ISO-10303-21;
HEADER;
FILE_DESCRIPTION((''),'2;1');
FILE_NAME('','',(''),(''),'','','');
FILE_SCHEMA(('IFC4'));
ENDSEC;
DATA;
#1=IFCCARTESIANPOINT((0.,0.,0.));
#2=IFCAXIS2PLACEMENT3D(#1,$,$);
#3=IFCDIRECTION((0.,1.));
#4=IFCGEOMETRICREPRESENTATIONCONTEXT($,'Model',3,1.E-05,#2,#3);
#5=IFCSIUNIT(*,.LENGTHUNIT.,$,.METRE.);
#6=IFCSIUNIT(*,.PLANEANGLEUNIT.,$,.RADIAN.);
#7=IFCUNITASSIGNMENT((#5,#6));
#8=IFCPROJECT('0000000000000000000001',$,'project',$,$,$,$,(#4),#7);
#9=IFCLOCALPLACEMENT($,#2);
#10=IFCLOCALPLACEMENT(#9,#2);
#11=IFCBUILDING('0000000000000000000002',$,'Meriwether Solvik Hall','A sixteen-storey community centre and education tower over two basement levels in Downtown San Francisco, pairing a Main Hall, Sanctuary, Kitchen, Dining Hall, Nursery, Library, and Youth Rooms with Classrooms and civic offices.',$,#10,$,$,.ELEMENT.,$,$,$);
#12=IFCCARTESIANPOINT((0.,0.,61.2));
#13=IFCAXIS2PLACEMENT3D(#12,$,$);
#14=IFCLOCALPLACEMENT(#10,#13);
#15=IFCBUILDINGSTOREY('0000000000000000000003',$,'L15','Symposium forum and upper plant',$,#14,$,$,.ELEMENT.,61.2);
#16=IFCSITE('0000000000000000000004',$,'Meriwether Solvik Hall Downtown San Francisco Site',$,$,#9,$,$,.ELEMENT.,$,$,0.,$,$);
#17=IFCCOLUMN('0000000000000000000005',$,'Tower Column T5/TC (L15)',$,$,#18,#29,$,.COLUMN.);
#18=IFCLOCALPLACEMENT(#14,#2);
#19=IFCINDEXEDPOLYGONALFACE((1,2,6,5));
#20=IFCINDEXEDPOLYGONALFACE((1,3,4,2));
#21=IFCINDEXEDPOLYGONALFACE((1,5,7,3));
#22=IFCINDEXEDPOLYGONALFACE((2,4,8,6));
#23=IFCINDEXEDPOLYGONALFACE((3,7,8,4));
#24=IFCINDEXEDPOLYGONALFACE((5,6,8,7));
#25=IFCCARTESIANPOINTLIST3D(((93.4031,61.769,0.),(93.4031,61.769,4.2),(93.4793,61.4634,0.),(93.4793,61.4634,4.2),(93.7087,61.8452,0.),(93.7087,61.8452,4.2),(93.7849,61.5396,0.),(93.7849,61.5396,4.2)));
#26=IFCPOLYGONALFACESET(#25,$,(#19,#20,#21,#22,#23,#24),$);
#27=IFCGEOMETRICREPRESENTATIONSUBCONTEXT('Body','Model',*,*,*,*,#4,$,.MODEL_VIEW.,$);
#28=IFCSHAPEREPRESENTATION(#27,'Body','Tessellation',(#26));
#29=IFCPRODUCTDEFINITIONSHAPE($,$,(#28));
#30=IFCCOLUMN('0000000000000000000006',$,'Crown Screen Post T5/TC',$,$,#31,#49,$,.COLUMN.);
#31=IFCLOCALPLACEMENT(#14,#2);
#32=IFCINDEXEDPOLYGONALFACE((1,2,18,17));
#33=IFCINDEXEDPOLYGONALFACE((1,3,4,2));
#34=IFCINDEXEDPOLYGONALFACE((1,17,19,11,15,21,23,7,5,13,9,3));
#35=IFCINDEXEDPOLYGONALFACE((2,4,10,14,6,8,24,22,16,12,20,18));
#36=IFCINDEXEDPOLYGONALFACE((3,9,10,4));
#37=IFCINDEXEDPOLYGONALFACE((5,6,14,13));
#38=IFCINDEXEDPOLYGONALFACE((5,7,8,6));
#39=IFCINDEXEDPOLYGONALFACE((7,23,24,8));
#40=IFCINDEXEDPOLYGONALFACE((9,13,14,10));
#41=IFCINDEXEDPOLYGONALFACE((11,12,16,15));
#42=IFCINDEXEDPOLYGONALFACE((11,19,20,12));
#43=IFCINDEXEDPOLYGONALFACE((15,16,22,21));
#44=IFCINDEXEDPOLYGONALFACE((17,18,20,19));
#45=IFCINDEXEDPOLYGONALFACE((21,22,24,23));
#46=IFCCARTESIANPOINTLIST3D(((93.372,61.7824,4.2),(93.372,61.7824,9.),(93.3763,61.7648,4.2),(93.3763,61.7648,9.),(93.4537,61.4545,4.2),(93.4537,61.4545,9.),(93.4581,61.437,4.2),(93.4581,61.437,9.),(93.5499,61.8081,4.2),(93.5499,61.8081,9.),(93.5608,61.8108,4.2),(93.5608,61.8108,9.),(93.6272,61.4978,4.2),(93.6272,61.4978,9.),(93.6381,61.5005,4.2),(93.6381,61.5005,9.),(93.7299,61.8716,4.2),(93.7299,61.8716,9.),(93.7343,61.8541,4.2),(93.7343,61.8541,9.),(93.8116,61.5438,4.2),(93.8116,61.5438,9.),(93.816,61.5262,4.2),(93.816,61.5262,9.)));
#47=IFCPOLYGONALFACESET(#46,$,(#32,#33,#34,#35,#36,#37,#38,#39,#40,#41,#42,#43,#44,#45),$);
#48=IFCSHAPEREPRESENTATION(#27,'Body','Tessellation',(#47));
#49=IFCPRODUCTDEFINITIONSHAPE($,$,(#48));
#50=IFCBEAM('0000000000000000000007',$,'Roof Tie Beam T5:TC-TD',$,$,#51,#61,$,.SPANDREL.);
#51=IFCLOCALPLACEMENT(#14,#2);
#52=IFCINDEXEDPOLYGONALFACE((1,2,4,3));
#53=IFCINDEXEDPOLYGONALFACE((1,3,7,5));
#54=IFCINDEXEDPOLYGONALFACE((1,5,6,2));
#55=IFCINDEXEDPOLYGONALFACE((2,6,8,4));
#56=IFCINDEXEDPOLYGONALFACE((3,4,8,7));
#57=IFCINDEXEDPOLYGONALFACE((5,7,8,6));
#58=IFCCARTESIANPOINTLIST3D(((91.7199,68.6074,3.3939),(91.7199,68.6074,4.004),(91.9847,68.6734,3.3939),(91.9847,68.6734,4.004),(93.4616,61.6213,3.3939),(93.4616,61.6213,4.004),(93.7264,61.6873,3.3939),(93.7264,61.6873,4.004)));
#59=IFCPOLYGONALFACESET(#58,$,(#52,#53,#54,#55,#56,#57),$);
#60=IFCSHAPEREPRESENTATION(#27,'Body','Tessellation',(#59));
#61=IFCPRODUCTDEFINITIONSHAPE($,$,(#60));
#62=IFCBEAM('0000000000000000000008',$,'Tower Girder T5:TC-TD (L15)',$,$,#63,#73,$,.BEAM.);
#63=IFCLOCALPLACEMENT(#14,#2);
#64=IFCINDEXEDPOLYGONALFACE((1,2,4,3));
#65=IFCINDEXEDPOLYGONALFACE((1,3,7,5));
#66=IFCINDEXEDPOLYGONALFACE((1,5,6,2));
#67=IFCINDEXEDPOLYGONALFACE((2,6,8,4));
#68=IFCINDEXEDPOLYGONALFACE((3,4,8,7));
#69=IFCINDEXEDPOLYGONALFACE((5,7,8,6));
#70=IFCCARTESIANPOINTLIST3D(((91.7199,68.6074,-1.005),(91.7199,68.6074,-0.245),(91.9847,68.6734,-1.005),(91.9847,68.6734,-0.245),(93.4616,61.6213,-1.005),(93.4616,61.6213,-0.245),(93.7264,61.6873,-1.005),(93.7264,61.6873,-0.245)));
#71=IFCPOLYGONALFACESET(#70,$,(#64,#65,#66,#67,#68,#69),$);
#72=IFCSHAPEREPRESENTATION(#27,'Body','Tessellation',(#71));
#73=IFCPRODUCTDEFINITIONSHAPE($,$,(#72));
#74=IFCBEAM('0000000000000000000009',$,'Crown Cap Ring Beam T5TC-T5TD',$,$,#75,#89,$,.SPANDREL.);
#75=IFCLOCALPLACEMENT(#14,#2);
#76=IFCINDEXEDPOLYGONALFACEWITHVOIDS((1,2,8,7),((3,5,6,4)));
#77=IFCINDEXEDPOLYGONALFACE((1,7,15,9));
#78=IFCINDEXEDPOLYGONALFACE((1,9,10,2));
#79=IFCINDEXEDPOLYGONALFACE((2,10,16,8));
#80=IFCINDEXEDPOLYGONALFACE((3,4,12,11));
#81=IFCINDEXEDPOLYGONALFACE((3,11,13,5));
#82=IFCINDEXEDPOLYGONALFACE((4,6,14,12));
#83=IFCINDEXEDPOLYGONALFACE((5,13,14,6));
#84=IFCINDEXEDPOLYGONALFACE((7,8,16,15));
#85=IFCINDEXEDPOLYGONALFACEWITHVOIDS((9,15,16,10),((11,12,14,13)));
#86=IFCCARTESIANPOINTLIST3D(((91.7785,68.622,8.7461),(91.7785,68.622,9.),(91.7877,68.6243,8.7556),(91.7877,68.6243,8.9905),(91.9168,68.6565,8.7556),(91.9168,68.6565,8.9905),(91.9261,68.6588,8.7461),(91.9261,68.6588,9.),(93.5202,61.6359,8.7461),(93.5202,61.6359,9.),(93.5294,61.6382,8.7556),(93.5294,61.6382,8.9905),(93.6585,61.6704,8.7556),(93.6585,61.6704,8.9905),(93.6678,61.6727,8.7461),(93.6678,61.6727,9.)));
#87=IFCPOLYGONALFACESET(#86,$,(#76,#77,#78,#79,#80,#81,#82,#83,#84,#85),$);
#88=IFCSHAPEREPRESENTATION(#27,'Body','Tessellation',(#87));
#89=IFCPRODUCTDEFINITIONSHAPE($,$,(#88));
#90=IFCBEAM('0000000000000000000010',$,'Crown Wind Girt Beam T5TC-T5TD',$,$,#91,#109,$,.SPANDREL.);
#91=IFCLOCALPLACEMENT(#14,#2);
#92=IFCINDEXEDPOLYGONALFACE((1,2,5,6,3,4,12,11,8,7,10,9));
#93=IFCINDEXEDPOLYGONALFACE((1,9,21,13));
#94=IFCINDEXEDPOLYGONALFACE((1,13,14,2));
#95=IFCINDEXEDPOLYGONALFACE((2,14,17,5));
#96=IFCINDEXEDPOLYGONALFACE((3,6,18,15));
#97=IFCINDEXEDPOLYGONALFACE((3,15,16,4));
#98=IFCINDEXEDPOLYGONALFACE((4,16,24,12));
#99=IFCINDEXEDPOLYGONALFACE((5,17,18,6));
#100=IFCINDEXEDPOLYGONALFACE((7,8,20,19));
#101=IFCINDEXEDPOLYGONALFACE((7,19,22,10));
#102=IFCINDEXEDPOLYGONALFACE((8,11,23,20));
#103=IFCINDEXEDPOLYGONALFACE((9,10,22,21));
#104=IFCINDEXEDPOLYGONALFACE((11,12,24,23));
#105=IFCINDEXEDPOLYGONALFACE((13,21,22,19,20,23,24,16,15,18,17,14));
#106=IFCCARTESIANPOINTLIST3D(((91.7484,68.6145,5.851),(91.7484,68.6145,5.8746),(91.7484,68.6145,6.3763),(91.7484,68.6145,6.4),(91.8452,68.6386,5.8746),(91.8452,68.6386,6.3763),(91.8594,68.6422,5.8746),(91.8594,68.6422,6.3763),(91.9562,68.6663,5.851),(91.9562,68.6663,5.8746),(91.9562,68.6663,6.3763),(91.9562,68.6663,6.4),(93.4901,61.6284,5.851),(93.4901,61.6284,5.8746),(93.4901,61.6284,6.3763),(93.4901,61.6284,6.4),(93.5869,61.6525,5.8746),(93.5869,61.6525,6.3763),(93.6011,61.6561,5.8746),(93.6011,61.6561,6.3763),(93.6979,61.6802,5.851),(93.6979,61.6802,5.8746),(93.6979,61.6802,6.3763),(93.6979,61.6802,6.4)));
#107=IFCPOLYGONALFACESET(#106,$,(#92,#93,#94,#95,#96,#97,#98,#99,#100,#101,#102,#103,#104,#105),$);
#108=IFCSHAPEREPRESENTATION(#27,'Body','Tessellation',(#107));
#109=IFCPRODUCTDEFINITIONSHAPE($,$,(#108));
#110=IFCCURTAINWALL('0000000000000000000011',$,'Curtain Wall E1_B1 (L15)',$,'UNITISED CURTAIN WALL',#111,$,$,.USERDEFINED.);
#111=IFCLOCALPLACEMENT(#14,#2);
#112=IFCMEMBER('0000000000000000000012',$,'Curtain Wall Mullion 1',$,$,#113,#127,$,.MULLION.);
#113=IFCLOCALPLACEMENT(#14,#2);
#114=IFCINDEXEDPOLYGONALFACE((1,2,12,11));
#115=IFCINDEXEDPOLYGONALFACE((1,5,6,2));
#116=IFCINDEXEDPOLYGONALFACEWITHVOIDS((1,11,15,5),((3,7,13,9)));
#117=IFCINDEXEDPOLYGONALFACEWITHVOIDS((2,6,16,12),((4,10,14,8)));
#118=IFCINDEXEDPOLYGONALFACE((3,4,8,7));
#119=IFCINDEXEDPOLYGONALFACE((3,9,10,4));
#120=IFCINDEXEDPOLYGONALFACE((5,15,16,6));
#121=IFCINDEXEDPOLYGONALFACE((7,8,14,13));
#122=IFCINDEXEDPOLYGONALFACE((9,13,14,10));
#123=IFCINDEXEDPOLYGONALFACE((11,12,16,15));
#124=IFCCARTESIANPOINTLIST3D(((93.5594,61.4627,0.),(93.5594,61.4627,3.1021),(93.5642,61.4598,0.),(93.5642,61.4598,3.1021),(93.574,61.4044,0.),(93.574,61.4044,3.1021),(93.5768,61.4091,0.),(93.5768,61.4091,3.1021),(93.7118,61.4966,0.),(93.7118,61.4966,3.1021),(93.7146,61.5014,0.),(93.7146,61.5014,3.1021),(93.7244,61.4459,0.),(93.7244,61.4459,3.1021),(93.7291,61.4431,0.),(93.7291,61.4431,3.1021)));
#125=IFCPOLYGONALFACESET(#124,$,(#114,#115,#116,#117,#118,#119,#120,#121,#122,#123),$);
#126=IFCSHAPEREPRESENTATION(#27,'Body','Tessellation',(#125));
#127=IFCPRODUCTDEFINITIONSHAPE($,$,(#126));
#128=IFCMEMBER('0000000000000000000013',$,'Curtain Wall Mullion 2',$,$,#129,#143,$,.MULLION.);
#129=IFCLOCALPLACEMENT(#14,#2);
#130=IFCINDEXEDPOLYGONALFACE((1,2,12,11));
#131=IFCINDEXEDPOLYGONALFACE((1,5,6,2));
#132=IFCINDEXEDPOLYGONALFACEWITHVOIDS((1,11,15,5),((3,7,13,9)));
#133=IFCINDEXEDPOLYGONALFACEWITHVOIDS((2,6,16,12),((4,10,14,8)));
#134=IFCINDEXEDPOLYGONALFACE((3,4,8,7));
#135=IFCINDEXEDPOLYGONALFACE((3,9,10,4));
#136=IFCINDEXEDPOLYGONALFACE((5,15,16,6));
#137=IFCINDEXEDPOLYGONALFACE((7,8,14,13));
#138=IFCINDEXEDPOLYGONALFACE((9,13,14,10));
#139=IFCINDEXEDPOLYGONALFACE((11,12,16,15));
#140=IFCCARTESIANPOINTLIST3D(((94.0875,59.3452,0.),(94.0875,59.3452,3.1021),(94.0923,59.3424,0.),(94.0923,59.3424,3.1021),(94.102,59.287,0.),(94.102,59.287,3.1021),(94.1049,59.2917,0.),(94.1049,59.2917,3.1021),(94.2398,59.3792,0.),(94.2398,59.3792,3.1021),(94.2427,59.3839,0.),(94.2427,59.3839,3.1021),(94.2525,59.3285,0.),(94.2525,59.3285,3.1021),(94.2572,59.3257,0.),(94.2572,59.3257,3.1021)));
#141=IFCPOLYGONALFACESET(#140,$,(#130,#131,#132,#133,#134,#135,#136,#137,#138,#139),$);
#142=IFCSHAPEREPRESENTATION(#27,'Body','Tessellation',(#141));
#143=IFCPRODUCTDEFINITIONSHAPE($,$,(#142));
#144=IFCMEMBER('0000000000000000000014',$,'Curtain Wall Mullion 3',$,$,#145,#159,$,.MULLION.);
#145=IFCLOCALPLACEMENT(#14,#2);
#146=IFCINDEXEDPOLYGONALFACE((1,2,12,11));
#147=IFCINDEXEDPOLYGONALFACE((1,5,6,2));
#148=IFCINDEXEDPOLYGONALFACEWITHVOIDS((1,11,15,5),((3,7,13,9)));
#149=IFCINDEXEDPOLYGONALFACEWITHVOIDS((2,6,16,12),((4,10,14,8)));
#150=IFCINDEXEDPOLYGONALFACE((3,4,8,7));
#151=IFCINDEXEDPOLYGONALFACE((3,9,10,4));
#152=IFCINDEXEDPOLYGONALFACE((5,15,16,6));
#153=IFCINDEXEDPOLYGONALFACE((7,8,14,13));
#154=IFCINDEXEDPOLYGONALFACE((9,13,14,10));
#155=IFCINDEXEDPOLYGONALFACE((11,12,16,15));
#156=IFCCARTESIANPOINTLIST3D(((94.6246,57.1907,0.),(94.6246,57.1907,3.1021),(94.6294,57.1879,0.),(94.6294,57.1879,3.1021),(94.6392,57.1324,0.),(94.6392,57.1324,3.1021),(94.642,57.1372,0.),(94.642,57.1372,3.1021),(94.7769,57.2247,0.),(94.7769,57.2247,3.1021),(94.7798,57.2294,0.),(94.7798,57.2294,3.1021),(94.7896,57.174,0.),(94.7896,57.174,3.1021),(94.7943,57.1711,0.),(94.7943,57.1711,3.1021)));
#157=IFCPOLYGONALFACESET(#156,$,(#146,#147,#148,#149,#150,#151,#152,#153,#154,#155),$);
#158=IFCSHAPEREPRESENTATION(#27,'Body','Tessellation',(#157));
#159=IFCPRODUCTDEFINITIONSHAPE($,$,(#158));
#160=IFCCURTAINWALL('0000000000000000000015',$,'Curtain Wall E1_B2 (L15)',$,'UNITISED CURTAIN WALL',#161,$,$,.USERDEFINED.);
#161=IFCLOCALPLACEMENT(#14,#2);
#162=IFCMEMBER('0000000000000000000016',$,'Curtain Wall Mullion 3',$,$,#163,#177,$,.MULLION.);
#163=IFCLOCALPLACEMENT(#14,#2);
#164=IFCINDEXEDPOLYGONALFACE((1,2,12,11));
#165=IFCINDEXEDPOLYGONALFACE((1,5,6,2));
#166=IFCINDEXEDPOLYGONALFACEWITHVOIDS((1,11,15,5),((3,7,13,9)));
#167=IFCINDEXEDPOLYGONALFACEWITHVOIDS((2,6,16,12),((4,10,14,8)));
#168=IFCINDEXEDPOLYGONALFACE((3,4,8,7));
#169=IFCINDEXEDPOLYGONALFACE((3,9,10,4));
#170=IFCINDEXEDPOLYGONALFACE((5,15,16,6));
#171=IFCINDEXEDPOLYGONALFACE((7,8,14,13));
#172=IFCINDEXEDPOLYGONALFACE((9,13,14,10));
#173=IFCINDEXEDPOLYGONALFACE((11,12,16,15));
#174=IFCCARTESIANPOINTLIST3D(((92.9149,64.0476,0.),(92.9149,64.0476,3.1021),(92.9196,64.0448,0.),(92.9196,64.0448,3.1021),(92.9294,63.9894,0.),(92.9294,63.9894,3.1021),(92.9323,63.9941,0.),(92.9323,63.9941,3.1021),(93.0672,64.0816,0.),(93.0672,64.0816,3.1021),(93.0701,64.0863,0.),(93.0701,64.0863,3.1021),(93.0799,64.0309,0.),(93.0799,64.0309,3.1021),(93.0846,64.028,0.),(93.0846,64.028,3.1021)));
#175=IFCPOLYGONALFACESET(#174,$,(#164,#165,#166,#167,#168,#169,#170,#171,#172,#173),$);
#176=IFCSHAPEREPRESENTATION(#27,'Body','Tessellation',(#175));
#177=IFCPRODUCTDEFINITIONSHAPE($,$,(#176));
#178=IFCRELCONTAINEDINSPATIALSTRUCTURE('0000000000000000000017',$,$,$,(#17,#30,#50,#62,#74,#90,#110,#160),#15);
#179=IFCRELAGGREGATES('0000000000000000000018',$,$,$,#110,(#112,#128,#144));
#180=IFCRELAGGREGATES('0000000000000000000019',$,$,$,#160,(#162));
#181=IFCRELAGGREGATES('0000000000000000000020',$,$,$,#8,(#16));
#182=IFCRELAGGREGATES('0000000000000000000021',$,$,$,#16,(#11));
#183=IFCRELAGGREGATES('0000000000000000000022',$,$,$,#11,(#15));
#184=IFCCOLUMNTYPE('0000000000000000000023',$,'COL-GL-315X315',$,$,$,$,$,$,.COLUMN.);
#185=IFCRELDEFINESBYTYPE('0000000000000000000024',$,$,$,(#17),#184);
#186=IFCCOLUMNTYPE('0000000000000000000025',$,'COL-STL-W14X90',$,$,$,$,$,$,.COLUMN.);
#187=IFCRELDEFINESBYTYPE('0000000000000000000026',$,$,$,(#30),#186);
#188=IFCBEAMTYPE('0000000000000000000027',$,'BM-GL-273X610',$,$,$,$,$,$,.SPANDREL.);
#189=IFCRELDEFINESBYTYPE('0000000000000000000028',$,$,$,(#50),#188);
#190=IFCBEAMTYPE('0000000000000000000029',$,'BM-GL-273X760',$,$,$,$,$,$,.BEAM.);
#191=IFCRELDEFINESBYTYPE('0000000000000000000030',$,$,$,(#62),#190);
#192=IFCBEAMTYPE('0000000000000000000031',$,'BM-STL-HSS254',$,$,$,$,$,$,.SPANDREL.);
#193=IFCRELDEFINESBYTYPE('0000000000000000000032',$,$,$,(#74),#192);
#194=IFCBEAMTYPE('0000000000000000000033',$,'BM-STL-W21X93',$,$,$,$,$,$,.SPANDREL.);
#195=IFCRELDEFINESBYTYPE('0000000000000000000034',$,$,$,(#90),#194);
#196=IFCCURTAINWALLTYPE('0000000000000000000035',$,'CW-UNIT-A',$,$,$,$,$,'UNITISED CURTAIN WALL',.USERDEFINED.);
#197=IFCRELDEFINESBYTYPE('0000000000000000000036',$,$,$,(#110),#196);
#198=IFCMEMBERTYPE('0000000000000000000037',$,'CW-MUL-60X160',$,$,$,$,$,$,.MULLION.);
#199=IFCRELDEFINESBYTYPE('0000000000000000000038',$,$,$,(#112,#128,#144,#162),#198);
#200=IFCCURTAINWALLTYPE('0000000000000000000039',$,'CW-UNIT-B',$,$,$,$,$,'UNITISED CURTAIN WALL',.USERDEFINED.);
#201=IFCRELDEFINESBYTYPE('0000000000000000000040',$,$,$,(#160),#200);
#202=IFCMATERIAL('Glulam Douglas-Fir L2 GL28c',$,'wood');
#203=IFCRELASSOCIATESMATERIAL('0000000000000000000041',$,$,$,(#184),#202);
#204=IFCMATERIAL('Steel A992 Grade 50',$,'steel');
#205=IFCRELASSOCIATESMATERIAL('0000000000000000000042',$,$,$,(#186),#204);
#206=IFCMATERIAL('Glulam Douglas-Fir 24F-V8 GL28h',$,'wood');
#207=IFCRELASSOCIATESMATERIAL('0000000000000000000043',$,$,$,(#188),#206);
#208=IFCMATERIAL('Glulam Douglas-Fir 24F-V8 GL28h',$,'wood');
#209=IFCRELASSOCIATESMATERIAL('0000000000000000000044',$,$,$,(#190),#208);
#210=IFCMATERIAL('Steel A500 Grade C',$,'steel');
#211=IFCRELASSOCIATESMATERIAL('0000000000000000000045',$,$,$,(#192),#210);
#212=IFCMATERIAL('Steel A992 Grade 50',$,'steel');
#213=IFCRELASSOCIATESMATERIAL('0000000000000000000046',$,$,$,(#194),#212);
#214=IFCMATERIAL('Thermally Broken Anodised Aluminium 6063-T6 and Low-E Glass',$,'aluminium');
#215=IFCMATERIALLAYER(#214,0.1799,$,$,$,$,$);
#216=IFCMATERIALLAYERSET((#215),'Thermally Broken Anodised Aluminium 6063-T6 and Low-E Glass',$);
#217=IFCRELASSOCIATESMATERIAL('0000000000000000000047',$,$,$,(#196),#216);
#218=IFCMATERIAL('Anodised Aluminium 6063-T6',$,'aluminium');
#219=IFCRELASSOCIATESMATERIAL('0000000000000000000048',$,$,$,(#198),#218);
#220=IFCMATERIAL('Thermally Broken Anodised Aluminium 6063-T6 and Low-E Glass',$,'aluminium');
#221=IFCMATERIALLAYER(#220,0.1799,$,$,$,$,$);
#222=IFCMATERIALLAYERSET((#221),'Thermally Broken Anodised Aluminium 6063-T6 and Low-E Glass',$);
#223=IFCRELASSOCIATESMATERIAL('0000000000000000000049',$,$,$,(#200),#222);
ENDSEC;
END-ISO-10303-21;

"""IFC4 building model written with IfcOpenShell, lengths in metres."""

from ifc_helpers import new_model, si_unit, direction, frame, origin, origin_2d, place, context, subcontext, project, spatial, rectangle, hollow_rectangle, i_section, extrude, material, layer, layer_set, material_profile, profile_set, type_object, element, aggregate, save


model = new_model("IFC4")

# Units and contexts
model_context = context("Model", 3, precision=1e-05, world=origin(), true_north=direction((0.0, 1.0)))
body_context = subcontext(model_context, "Body", "Model", "MODEL_VIEW")
ifc_project = project(units=[si_unit("LENGTHUNIT", "METRE"), si_unit("PLANEANGLEUNIT", "RADIAN")], contexts=[model_context])

# Site, building, storey
site_placement = place(None, origin())
site = spatial("IfcSite", under=ifc_project, at=site_placement, Name="Meriwether Solvik Hall Downtown San Francisco Site", CompositionType="ELEMENT", RefElevation=0.0)
building_placement = place(site_placement, origin())
building = spatial("IfcBuilding", under=site, at=building_placement, Name="Meriwether Solvik Hall", Description="A sixteen-storey community centre and education tower over two basement levels in Downtown San Francisco, pairing a Main Hall, Sanctuary, Kitchen, Dining Hall, Nursery, Library, and Youth Rooms with Classrooms and civic offices.", CompositionType="ELEMENT")
storey_placement = place(building_placement, frame((0.0, 0.0, 61.2)))
storey = spatial("IfcBuildingStorey", under=building, at=storey_placement, Name="L15", Description="Symposium forum and upper plant", CompositionType="ELEMENT", Elevation=61.2)

# Columns
ifc_material_1 = material(Name="Glulam Douglas-Fir L2 GL28c", Category="wood")
ifc_material_profile_1 = material_profile(ifc_material_1, rectangle(XDim=0.3149, YDim=0.3149, at=origin_2d()), Name="GLC-315X315")
ifc_profile_set_1 = profile_set([ifc_material_profile_1], Name="Glulam Douglas-Fir L2 GL28c")
column_type_1 = type_object("IfcColumnType", Name="COL-GL-315X315", PredefinedType="COLUMN", material=ifc_profile_set_1)
column_1_placement = place(storey_placement, frame((93.594, 61.6543, 0.0), z_axis=(0.0, 0.0, 1.0), x_axis=(0.970296, 0.241922, 0.0)))
element("IfcColumn", 1, at=column_1_placement, inside=storey, type_object=column_type_1, Name="Tower Column T5/TC (L15)", PredefinedType="COLUMN", context=body_context, shape_type="SweptSolid", body=[
    extrude(rectangle(XDim=0.3149, YDim=0.3149, at=origin_2d()), origin(), (0.0, 0.0, 1.0), 4.2),
])
ifc_material_2 = material(Name="Steel A992 Grade 50", Category="steel")
ifc_material_profile_2 = material_profile(ifc_material_2, i_section(OverallWidth=0.3689, OverallDepth=0.356, WebThickness=0.0112, FlangeThickness=0.0181, at=origin_2d()), Name="W14X90")
ifc_profile_set_2 = profile_set([ifc_material_profile_2], Name="Steel A992 Grade 50")
column_type_2 = type_object("IfcColumnType", Name="COL-STL-W14X90", PredefinedType="COLUMN", material=ifc_profile_set_2)
column_2_placement = place(storey_placement, frame((93.594, 61.6543, 4.2), z_axis=(0.0, 0.0, 1.0), x_axis=(0.970296, 0.241922, 0.0)))
element("IfcColumn", 2, at=column_2_placement, inside=storey, type_object=column_type_2, Name="Crown Screen Post T5/TC", PredefinedType="COLUMN", context=body_context, shape_type="SweptSolid", body=[
    extrude(i_section(OverallWidth=0.3689, OverallDepth=0.356, WebThickness=0.0112, FlangeThickness=0.0181, at=origin_2d()), origin(), (0.0, 0.0, 1.0), 4.8),
])

# Beams
ifc_material_3 = material(Name="Glulam Douglas-Fir 24F-V8 GL28h", Category="wood")
ifc_material_profile_3 = material_profile(ifc_material_3, rectangle(XDim=0.2729, YDim=0.6101, at=origin_2d()), Name="GLB-273X610")
ifc_profile_set_3 = profile_set([ifc_material_profile_3], Name="Glulam Douglas-Fir 24F-V8 GL28h")
beam_type_1 = type_object("IfcBeamType", Name="BM-GL-273X610", PredefinedType="SPANDREL", material=ifc_profile_set_3)
beam_1_placement = place(storey_placement, frame((93.594, 61.6543, 3.699), z_axis=(-0.241905, 0.9703, 0.0), x_axis=(-0.9703, -0.241905, 0.0)))
element("IfcBeam", 3, at=beam_1_placement, inside=storey, type_object=beam_type_1, Name="Roof Tie Beam T5:TC-TD", PredefinedType="SPANDREL", context=body_context, shape_type="SweptSolid", body=[
    extrude(rectangle(XDim=0.2729, YDim=0.6101, at=origin_2d()), origin(), (0.0, 0.0, 1.0), 7.2),
])
ifc_material_4 = material(Name="Glulam Douglas-Fir 24F-V8 GL28h", Category="wood")
ifc_material_profile_4 = material_profile(ifc_material_4, rectangle(XDim=0.2729, YDim=0.76, at=origin_2d()), Name="GLB-273X760")
ifc_profile_set_4 = profile_set([ifc_material_profile_4], Name="Glulam Douglas-Fir 24F-V8 GL28h")
beam_type_2 = type_object("IfcBeamType", Name="BM-GL-273X760", PredefinedType="BEAM", material=ifc_profile_set_4)
beam_2_placement = place(storey_placement, frame((93.594, 61.6543, -0.625), z_axis=(-0.241905, 0.9703, 0.0), x_axis=(-0.9703, -0.241905, 0.0)))
element("IfcBeam", 4, at=beam_2_placement, inside=storey, type_object=beam_type_2, Name="Tower Girder T5:TC-TD (L15)", PredefinedType="BEAM", context=body_context, shape_type="SweptSolid", body=[
    extrude(rectangle(XDim=0.2729, YDim=0.76, at=origin_2d()), origin(), (0.0, 0.0, 1.0), 7.2),
])
ifc_material_5 = material(Name="Steel A500 Grade C", Category="steel")
ifc_material_profile_5 = material_profile(ifc_material_5, hollow_rectangle(XDim=0.1521, YDim=0.2539, WallThickness=0.0095, at=origin_2d()), Name="HSS254X152X9.5")
ifc_profile_set_5 = profile_set([ifc_material_profile_5], Name="Steel A500 Grade C")
beam_type_3 = type_object("IfcBeamType", Name="BM-STL-HSS254", PredefinedType="SPANDREL", material=ifc_profile_set_5)
beam_3_placement = place(storey_placement, frame((93.594, 61.6543, 8.873), z_axis=(-0.241905, 0.9703, 0.0), x_axis=(-0.9703, -0.241905, 0.0)))
element("IfcBeam", 5, at=beam_3_placement, inside=storey, type_object=beam_type_3, Name="Crown Cap Ring Beam T5TC-T5TD", PredefinedType="SPANDREL", context=body_context, shape_type="SweptSolid", body=[
    extrude(hollow_rectangle(XDim=0.1521, YDim=0.2539, WallThickness=0.0095, at=origin_2d()), origin(), (0.0, 0.0, 1.0), 7.2),
])
ifc_material_6 = material(Name="Steel A992 Grade 50", Category="steel")
ifc_material_profile_6 = material_profile(ifc_material_6, i_section(OverallWidth=0.2141, OverallDepth=0.5491, WebThickness=0.0146, FlangeThickness=0.0237, at=origin_2d()), Name="W21X93")
ifc_profile_set_6 = profile_set([ifc_material_profile_6], Name="Steel A992 Grade 50")
beam_type_4 = type_object("IfcBeamType", Name="BM-STL-W21X93", PredefinedType="SPANDREL", material=ifc_profile_set_6)
beam_4_placement = place(storey_placement, frame((93.594, 61.6543, 6.1255), z_axis=(-0.241905, 0.9703, 0.0), x_axis=(-0.9703, -0.241905, 0.0)))
element("IfcBeam", 6, at=beam_4_placement, inside=storey, type_object=beam_type_4, Name="Crown Wind Girt Beam T5TC-T5TD", PredefinedType="SPANDREL", context=body_context, shape_type="SweptSolid", body=[
    extrude(i_section(OverallWidth=0.2141, OverallDepth=0.5491, WebThickness=0.0146, FlangeThickness=0.0237, at=origin_2d()), origin(), (0.0, 0.0, 1.0), 7.2),
])

# Curtain walls, members
ifc_material_7 = material(Name="Thermally Broken Anodised Aluminium 6063-T6 and Low-E Glass", Category="aluminium")
ifc_layer_1 = layer(ifc_material_7, 0.1799)
ifc_layer_set_1 = layer_set([ifc_layer_1], Name="Thermally Broken Anodised Aluminium 6063-T6 and Low-E Glass")
curtain_wall_type_1 = type_object("IfcCurtainWallType", Name="CW-UNIT-A", ElementType="UNITISED CURTAIN WALL", PredefinedType="USERDEFINED", material=ifc_layer_set_1)
curtain_wall_1_placement = place(storey_placement, origin())
curtain_wall_1 = element("IfcCurtainWall", 7, at=curtain_wall_1_placement, inside=storey, type_object=curtain_wall_type_1, Name="Curtain Wall E1_B1 (L15)", ObjectType="UNITISED CURTAIN WALL", PredefinedType="USERDEFINED")
ifc_material_8 = material(Name="Anodised Aluminium 6063-T6", Category="aluminium")
ifc_material_profile_7 = material_profile(ifc_material_8, hollow_rectangle(XDim=0.0601, YDim=0.1599, WallThickness=0.0039, at=origin_2d()), Name="CWM-60X160")
ifc_profile_set_7 = profile_set([ifc_material_profile_7], Name="Anodised Aluminium 6063-T6")
member_type_1 = type_object("IfcMemberType", Name="CW-MUL-60X160", PredefinedType="MULLION", material=ifc_profile_set_7)
member_1_placement = place(storey_placement, frame((93.6443, 61.4529, 0.0), z_axis=(0.0, 0.0, 1.0), x_axis=(0.241922, -0.970296, 0.0)))
member_1 = element("IfcMember", 8, at=member_1_placement, type_object=member_type_1, Name="Curtain Wall Mullion 1", PredefinedType="MULLION", context=body_context, shape_type="SweptSolid", body=[
    extrude(hollow_rectangle(XDim=0.0601, YDim=0.1599, WallThickness=0.0039, at=origin_2d()), origin(), (0.0, 0.0, 1.0), 3.1021),
])
member_2_placement = place(storey_placement, frame((94.1724, 59.3354, 0.0), z_axis=(0.0, 0.0, 1.0), x_axis=(0.241922, -0.970296, 0.0)))
member_2 = element("IfcMember", 9, at=member_2_placement, type_object=member_type_1, Name="Curtain Wall Mullion 2", PredefinedType="MULLION", context=body_context, shape_type="SweptSolid", body=[
    extrude(hollow_rectangle(XDim=0.0601, YDim=0.1599, WallThickness=0.0039, at=origin_2d()), origin(), (0.0, 0.0, 1.0), 3.1021),
])
member_3_placement = place(storey_placement, frame((94.7095, 57.1809, 0.0), z_axis=(0.0, 0.0, 1.0), x_axis=(0.241922, -0.970296, 0.0)))
member_3 = element("IfcMember", 10, at=member_3_placement, type_object=member_type_1, Name="Curtain Wall Mullion 3", PredefinedType="MULLION", context=body_context, shape_type="SweptSolid", body=[
    extrude(hollow_rectangle(XDim=0.0601, YDim=0.1599, WallThickness=0.0039, at=origin_2d()), origin(), (0.0, 0.0, 1.0), 3.1021),
])
ifc_material_9 = material(Name="Thermally Broken Anodised Aluminium 6063-T6 and Low-E Glass", Category="aluminium")
ifc_layer_2 = layer(ifc_material_9, 0.1799)
ifc_layer_set_2 = layer_set([ifc_layer_2], Name="Thermally Broken Anodised Aluminium 6063-T6 and Low-E Glass")
curtain_wall_type_2 = type_object("IfcCurtainWallType", Name="CW-UNIT-B", ElementType="UNITISED CURTAIN WALL", PredefinedType="USERDEFINED", material=ifc_layer_set_2)
curtain_wall_2_placement = place(storey_placement, origin())
curtain_wall_2 = element("IfcCurtainWall", 11, at=curtain_wall_2_placement, inside=storey, type_object=curtain_wall_type_2, Name="Curtain Wall E1_B2 (L15)", ObjectType="UNITISED CURTAIN WALL", PredefinedType="USERDEFINED")
member_4_placement = place(storey_placement, frame((92.9998, 64.0378, 0.0), z_axis=(0.0, 0.0, 1.0), x_axis=(0.241922, -0.970296, 0.0)))
member_4 = element("IfcMember", 12, at=member_4_placement, type_object=member_type_1, Name="Curtain Wall Mullion 3", PredefinedType="MULLION", context=body_context, shape_type="SweptSolid", body=[
    extrude(hollow_rectangle(XDim=0.0601, YDim=0.1599, WallThickness=0.0039, at=origin_2d()), origin(), (0.0, 0.0, 1.0), 3.1021),
])

aggregate(curtain_wall_1, [member_1, member_2, member_3])
aggregate(curtain_wall_2, [member_4])

save(model, "model.ifc")
